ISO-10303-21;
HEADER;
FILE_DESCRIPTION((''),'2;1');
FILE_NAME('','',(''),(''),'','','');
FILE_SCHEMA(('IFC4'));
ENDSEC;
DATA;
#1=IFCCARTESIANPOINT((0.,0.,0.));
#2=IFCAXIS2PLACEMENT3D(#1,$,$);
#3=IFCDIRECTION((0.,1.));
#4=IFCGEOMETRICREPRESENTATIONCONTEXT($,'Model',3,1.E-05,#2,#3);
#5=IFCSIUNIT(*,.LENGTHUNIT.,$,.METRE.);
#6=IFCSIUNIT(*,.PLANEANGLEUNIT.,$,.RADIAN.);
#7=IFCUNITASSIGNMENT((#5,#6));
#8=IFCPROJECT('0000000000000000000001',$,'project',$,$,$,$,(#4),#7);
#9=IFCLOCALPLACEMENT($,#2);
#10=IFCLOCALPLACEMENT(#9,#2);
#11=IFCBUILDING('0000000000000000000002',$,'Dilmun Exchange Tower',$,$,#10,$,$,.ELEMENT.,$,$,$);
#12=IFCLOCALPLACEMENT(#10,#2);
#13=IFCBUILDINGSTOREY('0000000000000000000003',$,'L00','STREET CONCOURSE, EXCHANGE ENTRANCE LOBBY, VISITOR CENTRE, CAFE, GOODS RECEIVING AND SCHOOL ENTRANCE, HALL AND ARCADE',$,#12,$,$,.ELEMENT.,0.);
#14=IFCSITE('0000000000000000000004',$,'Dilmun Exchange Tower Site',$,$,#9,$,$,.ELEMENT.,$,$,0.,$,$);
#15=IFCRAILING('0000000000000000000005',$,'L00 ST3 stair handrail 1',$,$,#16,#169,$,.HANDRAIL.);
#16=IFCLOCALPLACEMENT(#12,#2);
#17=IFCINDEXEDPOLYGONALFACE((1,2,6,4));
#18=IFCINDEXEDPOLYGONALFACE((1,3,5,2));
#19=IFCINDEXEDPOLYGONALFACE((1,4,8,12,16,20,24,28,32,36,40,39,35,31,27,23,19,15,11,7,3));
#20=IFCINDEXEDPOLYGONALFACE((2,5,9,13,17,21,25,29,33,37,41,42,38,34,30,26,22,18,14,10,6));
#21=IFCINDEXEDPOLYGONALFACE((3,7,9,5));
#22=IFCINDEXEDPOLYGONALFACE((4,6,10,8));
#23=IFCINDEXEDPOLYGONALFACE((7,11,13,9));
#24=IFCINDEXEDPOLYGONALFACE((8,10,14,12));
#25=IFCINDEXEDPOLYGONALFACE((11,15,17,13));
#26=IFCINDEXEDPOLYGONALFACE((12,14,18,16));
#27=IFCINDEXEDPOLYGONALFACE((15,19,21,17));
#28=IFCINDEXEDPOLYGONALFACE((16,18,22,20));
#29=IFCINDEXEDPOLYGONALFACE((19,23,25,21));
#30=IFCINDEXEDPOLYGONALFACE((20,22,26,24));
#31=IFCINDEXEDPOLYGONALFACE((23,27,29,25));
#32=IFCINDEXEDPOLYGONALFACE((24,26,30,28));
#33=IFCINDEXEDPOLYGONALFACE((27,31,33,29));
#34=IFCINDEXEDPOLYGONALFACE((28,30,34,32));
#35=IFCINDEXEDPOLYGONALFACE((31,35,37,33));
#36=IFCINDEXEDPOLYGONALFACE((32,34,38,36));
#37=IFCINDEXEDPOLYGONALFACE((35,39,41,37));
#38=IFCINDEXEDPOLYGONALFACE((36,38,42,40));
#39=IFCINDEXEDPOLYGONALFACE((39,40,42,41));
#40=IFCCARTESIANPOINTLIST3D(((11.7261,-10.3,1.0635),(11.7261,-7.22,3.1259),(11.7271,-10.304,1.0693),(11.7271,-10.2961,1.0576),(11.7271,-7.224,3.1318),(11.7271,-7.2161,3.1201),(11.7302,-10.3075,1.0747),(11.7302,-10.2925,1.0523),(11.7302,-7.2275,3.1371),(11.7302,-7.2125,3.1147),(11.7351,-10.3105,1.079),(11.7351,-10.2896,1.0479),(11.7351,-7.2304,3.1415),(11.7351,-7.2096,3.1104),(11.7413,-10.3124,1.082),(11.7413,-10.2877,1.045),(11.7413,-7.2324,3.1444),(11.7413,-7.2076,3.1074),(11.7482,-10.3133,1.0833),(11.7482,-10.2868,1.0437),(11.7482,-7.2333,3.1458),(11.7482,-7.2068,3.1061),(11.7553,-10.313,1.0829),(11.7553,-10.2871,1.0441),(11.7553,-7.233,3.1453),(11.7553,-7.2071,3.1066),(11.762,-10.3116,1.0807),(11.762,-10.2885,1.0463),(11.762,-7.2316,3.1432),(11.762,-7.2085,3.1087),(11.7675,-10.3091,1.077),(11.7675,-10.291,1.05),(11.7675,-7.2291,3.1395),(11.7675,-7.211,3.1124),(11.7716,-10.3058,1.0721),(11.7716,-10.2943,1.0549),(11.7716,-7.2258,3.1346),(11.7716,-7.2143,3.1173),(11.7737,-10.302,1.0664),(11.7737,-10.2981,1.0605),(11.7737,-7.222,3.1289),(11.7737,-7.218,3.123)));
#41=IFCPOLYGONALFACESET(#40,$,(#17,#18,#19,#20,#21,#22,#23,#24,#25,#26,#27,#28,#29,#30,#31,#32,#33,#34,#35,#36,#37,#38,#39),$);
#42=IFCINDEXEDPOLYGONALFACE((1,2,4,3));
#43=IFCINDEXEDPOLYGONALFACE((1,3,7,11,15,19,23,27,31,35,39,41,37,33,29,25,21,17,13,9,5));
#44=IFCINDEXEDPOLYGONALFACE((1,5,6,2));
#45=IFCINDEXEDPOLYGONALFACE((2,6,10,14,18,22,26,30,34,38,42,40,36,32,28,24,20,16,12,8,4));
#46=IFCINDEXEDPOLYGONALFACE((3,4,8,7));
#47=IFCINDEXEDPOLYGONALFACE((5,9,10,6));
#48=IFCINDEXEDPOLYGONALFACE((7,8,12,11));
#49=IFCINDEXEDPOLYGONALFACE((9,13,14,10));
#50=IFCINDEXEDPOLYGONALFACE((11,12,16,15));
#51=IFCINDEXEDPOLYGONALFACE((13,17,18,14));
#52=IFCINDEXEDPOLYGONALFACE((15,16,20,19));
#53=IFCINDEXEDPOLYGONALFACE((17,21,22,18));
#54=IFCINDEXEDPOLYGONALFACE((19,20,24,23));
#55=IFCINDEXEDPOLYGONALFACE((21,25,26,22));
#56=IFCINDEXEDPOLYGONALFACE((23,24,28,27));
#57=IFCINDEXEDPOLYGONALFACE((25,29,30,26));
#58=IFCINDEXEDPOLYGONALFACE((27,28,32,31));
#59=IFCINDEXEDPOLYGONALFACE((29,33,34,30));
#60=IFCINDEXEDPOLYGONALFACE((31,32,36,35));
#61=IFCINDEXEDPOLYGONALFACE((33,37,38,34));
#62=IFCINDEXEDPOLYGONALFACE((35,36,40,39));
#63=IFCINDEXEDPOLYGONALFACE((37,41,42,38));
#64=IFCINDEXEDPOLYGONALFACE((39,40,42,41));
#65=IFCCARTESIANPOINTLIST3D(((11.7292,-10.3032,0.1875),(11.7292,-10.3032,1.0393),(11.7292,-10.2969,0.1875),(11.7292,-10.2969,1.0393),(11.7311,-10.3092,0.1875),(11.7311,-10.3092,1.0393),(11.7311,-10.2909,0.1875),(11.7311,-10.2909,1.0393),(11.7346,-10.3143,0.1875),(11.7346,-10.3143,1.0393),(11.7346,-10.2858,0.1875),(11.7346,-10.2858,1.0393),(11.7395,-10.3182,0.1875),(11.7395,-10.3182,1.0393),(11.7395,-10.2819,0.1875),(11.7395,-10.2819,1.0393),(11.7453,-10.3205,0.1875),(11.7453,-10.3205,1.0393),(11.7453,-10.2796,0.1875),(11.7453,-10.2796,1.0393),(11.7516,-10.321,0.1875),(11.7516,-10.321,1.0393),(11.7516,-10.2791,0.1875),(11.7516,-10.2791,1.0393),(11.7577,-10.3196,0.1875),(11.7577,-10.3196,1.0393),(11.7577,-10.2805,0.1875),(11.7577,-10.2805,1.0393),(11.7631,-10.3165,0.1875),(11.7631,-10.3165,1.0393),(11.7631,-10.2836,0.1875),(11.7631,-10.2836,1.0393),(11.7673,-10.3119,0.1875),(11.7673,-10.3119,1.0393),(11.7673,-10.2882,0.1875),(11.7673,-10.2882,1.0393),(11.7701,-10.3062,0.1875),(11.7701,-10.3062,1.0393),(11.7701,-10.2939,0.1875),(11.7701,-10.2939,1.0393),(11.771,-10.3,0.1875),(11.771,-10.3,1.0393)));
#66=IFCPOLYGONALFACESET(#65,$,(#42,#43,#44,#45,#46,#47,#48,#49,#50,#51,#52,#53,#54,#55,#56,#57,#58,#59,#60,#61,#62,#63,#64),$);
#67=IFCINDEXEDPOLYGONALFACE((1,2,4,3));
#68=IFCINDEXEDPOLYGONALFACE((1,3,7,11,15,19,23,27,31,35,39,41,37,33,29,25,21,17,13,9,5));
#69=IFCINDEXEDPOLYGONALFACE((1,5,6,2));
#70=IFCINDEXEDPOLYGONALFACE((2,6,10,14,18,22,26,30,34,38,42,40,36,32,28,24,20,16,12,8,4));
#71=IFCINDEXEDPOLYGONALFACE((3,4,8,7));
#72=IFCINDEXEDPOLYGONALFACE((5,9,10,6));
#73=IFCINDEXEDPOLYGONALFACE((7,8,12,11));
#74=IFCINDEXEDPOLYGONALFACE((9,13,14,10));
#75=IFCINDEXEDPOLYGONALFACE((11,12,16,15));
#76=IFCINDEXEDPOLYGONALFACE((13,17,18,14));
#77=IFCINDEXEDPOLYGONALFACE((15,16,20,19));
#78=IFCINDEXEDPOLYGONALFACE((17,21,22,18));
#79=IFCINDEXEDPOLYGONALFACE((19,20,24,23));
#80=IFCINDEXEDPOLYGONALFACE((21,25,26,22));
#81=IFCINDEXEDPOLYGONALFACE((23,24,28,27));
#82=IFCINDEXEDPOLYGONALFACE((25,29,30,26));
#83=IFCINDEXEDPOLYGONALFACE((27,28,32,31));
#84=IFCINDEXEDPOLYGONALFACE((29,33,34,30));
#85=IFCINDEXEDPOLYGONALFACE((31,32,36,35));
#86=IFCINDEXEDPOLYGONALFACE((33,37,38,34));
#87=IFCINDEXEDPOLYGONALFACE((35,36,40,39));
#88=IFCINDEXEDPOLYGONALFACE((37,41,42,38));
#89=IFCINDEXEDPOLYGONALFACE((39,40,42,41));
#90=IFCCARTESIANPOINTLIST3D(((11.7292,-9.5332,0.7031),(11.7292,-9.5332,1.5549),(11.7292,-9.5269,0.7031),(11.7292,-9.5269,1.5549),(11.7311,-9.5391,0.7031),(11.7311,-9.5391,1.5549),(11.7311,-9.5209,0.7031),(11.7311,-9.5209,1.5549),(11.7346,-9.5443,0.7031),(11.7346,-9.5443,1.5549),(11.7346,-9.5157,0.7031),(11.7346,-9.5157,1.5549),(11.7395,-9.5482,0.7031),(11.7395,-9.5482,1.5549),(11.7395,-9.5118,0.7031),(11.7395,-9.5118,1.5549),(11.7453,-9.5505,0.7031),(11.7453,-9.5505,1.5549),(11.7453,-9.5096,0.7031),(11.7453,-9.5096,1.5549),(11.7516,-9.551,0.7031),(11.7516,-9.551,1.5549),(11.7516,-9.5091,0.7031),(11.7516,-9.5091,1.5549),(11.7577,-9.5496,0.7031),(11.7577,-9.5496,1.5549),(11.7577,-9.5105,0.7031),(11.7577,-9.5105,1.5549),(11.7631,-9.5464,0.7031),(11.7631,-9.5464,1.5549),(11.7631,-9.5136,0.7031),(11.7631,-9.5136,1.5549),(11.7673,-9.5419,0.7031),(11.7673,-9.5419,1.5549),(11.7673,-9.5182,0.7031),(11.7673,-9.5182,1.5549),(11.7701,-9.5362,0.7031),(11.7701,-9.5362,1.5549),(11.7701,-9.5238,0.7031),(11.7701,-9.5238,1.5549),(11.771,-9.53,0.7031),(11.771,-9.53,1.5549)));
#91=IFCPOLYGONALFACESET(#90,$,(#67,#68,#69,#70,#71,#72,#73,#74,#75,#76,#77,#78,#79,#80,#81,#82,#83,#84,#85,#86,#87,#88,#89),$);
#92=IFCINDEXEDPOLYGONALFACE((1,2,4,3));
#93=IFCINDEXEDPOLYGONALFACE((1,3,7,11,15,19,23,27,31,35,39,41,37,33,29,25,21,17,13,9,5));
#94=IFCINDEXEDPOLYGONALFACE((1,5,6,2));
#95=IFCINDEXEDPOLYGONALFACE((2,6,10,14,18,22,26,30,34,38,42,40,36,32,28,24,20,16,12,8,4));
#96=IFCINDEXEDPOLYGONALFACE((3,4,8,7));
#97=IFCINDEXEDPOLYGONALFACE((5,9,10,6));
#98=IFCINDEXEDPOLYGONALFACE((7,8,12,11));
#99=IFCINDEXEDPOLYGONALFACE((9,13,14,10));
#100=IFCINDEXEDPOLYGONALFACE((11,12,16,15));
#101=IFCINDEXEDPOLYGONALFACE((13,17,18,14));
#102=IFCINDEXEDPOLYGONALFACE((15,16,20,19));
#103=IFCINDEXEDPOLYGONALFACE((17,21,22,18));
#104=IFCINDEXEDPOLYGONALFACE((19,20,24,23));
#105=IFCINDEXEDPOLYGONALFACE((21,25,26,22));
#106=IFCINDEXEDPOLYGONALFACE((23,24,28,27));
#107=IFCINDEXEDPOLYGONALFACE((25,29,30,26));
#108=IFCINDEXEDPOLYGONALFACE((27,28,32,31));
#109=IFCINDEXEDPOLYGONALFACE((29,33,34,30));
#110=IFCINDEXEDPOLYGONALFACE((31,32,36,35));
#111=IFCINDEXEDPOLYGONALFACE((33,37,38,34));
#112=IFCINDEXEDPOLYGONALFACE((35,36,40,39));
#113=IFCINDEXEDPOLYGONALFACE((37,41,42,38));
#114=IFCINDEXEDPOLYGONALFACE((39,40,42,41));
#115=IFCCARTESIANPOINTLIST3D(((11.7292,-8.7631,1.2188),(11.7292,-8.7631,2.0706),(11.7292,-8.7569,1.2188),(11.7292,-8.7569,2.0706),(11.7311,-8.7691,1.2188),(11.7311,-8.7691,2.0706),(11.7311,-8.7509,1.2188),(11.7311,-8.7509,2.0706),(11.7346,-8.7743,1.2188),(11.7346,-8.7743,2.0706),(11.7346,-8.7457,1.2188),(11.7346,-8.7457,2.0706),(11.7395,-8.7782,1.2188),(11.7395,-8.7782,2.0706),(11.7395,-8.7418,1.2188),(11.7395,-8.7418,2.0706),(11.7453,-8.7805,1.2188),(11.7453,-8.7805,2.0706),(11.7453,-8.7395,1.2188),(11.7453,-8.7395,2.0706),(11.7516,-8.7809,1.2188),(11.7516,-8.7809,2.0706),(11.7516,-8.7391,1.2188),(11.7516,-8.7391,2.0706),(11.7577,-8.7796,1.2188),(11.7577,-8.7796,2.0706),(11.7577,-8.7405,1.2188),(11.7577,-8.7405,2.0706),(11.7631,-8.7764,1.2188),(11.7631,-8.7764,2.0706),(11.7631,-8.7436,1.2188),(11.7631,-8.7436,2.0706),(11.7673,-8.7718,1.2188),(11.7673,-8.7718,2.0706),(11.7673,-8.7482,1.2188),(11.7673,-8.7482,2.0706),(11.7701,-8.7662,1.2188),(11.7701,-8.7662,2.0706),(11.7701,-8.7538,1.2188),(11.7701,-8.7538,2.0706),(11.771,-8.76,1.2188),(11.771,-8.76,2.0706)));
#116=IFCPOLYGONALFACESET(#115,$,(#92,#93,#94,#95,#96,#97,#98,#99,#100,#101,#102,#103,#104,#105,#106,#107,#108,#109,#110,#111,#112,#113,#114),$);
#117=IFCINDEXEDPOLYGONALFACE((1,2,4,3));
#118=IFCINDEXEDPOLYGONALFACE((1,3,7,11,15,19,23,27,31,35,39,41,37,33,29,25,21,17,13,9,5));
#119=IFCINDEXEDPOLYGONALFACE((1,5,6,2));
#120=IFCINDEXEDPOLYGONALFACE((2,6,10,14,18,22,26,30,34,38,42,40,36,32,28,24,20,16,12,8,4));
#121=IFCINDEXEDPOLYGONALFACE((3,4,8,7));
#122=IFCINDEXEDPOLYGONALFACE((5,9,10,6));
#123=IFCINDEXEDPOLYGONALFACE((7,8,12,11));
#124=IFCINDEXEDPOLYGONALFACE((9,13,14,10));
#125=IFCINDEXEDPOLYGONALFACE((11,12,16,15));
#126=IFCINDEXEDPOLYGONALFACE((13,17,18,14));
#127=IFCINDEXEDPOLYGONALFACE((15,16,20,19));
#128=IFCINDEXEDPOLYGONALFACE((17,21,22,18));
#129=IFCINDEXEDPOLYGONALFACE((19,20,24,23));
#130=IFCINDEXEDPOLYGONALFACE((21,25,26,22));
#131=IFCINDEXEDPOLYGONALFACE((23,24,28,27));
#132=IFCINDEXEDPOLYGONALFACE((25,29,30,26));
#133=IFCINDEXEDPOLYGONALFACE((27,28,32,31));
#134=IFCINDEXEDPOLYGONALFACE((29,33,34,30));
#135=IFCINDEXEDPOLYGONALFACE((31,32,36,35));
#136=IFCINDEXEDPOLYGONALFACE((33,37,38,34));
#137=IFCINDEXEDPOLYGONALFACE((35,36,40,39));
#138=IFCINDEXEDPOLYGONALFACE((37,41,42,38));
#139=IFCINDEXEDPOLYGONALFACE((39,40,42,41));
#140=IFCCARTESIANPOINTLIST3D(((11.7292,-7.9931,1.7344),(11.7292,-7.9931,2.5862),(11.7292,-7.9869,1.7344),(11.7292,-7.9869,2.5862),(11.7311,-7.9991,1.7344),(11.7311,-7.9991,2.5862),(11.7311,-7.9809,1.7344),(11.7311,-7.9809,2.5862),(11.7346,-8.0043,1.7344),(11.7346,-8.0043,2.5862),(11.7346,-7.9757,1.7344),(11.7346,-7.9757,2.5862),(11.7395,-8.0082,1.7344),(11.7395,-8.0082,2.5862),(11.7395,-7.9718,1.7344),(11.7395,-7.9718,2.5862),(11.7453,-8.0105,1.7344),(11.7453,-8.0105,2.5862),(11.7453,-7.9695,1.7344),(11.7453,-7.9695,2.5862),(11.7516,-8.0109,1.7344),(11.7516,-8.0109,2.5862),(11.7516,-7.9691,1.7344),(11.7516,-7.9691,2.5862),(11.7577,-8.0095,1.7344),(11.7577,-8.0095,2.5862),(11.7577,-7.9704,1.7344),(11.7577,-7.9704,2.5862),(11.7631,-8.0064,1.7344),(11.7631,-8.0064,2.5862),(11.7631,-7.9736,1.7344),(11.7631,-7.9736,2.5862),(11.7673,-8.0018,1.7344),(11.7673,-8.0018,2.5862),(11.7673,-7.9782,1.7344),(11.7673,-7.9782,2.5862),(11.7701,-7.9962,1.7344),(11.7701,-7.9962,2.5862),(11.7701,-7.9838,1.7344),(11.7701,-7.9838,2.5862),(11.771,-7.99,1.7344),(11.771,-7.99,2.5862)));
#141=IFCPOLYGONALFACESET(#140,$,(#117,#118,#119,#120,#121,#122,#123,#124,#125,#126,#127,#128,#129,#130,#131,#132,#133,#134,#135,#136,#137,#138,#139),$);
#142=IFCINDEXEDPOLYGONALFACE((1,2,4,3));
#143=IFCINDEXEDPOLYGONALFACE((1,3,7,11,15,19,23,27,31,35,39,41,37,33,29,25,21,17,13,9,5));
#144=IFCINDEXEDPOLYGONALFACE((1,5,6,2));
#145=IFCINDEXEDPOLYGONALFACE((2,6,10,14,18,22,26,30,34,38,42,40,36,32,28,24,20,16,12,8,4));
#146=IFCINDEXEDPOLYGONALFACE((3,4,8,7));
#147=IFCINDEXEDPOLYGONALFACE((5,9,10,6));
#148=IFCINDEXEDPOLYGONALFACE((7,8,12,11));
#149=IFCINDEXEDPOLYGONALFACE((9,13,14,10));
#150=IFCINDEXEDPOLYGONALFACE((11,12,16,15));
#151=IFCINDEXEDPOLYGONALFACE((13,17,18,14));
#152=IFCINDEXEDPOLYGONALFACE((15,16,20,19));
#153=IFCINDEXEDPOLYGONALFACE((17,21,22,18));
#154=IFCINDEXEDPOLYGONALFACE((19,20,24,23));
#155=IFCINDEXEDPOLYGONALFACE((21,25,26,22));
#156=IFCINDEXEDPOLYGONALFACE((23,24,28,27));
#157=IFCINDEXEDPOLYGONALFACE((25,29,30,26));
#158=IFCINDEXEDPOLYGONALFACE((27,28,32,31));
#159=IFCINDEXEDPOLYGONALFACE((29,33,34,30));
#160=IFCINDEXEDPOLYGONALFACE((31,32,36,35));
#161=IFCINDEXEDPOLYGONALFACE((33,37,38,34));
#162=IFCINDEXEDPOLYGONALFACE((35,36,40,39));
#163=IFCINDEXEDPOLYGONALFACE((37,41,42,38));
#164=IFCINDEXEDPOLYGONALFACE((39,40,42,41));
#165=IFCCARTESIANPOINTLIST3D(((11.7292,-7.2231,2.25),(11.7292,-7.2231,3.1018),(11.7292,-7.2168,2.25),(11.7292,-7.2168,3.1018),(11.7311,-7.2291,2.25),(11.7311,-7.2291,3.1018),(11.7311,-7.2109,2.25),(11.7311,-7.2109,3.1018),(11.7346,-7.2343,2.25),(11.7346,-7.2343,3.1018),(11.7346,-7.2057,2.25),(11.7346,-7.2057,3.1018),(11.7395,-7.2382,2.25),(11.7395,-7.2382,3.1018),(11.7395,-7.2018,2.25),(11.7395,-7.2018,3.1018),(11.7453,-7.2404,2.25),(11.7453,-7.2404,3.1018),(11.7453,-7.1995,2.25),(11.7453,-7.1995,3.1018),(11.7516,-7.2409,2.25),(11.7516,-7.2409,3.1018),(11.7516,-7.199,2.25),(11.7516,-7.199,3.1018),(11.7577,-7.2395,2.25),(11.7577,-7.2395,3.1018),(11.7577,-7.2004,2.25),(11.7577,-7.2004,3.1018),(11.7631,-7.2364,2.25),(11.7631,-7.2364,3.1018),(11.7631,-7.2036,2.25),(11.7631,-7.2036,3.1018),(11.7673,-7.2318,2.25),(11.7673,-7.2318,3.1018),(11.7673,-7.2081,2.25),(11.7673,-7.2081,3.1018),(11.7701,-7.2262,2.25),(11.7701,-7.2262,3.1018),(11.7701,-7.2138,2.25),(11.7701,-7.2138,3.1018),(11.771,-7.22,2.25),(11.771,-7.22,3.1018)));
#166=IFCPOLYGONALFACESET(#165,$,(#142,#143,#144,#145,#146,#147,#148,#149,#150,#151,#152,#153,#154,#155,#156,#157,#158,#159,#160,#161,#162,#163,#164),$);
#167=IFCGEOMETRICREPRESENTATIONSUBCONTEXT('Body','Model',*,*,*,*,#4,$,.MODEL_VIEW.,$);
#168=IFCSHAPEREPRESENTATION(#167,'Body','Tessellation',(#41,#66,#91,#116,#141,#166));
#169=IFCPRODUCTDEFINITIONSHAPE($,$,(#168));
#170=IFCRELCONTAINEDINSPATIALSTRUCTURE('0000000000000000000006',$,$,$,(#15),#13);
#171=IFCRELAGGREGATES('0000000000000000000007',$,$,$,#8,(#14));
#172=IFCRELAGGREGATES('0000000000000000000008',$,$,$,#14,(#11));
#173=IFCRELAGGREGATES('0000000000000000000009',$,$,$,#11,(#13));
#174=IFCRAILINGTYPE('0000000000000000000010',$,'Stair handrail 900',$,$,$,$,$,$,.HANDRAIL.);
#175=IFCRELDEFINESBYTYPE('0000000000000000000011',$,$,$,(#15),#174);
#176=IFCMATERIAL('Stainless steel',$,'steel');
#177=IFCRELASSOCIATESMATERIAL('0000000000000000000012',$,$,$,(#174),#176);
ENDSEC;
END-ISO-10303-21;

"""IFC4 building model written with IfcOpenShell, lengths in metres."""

from ifc_helpers import new_model, si_unit, direction, frame, origin, origin_2d, place, context, subcontext, project, spatial, circle, extrude, material, type_object, element, save


model = new_model("IFC4")

# Units and contexts
model_context = context("Model", 3, precision=1e-05, world=origin(), true_north=direction((0.0, 1.0)))
body_context = subcontext(model_context, "Body", "Model", "MODEL_VIEW")
ifc_project = project(units=[si_unit("LENGTHUNIT", "METRE"), si_unit("PLANEANGLEUNIT", "RADIAN")], contexts=[model_context])

# Site, building, storey
site_placement = place(None, origin())
site = spatial("IfcSite", under=ifc_project, at=site_placement, Name="Dilmun Exchange Tower Site", CompositionType="ELEMENT", RefElevation=0.0)
building_placement = place(site_placement, origin())
building = spatial("IfcBuilding", under=site, at=building_placement, Name="Dilmun Exchange Tower", CompositionType="ELEMENT")
storey_placement = place(building_placement, origin())
storey = spatial("IfcBuildingStorey", under=building, at=storey_placement, Name="L00", Description="STREET CONCOURSE, EXCHANGE ENTRANCE LOBBY, VISITOR CENTRE, CAFE, GOODS RECEIVING AND SCHOOL ENTRANCE, HALL AND ARCADE", CompositionType="ELEMENT", Elevation=0.0)

# Railing
ifc_material_1 = material(Name="Stainless steel", Category="steel")
railing_type = type_object("IfcRailingType", Name="Stair handrail 900", PredefinedType="HANDRAIL", material=ifc_material_1)
railing_1_placement = place(storey_placement, frame((11.75, -10.3, 0.1875)))
element("IfcRailing", 1, at=railing_1_placement, inside=storey, type_object=railing_type, Name="L00 ST3 stair handrail 1", PredefinedType="HANDRAIL", context=body_context, shape_type="SweptSolid", body=[
    extrude(circle(Radius=0.0239, at=origin_2d()), frame((0.0, 0.0, 0.876), z_axis=(0.0, 0.830914, 0.556401), x_axis=(-1.0, 0.0, 0.0)), (0.0, 0.0, 1.0), 3.7068),
    extrude(circle(Radius=0.021, at=origin_2d()), origin(), (0.0, 0.0, 1.0), 0.8518),
    extrude(circle(Radius=0.021, at=origin_2d()), frame((0.0, 0.77, 0.5156)), (0.0, 0.0, 1.0), 0.8518),
    extrude(circle(Radius=0.021, at=origin_2d()), frame((0.0, 1.54, 1.0312)), (0.0, 0.0, 1.0), 0.8518),
    extrude(circle(Radius=0.021, at=origin_2d()), frame((0.0, 2.3101, 1.5469)), (0.0, 0.0, 1.0), 0.8518),
    extrude(circle(Radius=0.021, at=origin_2d()), frame((0.0, 3.0801, 2.0625)), (0.0, 0.0, 1.0), 0.8518),
])

save(model, "model.ifc")
